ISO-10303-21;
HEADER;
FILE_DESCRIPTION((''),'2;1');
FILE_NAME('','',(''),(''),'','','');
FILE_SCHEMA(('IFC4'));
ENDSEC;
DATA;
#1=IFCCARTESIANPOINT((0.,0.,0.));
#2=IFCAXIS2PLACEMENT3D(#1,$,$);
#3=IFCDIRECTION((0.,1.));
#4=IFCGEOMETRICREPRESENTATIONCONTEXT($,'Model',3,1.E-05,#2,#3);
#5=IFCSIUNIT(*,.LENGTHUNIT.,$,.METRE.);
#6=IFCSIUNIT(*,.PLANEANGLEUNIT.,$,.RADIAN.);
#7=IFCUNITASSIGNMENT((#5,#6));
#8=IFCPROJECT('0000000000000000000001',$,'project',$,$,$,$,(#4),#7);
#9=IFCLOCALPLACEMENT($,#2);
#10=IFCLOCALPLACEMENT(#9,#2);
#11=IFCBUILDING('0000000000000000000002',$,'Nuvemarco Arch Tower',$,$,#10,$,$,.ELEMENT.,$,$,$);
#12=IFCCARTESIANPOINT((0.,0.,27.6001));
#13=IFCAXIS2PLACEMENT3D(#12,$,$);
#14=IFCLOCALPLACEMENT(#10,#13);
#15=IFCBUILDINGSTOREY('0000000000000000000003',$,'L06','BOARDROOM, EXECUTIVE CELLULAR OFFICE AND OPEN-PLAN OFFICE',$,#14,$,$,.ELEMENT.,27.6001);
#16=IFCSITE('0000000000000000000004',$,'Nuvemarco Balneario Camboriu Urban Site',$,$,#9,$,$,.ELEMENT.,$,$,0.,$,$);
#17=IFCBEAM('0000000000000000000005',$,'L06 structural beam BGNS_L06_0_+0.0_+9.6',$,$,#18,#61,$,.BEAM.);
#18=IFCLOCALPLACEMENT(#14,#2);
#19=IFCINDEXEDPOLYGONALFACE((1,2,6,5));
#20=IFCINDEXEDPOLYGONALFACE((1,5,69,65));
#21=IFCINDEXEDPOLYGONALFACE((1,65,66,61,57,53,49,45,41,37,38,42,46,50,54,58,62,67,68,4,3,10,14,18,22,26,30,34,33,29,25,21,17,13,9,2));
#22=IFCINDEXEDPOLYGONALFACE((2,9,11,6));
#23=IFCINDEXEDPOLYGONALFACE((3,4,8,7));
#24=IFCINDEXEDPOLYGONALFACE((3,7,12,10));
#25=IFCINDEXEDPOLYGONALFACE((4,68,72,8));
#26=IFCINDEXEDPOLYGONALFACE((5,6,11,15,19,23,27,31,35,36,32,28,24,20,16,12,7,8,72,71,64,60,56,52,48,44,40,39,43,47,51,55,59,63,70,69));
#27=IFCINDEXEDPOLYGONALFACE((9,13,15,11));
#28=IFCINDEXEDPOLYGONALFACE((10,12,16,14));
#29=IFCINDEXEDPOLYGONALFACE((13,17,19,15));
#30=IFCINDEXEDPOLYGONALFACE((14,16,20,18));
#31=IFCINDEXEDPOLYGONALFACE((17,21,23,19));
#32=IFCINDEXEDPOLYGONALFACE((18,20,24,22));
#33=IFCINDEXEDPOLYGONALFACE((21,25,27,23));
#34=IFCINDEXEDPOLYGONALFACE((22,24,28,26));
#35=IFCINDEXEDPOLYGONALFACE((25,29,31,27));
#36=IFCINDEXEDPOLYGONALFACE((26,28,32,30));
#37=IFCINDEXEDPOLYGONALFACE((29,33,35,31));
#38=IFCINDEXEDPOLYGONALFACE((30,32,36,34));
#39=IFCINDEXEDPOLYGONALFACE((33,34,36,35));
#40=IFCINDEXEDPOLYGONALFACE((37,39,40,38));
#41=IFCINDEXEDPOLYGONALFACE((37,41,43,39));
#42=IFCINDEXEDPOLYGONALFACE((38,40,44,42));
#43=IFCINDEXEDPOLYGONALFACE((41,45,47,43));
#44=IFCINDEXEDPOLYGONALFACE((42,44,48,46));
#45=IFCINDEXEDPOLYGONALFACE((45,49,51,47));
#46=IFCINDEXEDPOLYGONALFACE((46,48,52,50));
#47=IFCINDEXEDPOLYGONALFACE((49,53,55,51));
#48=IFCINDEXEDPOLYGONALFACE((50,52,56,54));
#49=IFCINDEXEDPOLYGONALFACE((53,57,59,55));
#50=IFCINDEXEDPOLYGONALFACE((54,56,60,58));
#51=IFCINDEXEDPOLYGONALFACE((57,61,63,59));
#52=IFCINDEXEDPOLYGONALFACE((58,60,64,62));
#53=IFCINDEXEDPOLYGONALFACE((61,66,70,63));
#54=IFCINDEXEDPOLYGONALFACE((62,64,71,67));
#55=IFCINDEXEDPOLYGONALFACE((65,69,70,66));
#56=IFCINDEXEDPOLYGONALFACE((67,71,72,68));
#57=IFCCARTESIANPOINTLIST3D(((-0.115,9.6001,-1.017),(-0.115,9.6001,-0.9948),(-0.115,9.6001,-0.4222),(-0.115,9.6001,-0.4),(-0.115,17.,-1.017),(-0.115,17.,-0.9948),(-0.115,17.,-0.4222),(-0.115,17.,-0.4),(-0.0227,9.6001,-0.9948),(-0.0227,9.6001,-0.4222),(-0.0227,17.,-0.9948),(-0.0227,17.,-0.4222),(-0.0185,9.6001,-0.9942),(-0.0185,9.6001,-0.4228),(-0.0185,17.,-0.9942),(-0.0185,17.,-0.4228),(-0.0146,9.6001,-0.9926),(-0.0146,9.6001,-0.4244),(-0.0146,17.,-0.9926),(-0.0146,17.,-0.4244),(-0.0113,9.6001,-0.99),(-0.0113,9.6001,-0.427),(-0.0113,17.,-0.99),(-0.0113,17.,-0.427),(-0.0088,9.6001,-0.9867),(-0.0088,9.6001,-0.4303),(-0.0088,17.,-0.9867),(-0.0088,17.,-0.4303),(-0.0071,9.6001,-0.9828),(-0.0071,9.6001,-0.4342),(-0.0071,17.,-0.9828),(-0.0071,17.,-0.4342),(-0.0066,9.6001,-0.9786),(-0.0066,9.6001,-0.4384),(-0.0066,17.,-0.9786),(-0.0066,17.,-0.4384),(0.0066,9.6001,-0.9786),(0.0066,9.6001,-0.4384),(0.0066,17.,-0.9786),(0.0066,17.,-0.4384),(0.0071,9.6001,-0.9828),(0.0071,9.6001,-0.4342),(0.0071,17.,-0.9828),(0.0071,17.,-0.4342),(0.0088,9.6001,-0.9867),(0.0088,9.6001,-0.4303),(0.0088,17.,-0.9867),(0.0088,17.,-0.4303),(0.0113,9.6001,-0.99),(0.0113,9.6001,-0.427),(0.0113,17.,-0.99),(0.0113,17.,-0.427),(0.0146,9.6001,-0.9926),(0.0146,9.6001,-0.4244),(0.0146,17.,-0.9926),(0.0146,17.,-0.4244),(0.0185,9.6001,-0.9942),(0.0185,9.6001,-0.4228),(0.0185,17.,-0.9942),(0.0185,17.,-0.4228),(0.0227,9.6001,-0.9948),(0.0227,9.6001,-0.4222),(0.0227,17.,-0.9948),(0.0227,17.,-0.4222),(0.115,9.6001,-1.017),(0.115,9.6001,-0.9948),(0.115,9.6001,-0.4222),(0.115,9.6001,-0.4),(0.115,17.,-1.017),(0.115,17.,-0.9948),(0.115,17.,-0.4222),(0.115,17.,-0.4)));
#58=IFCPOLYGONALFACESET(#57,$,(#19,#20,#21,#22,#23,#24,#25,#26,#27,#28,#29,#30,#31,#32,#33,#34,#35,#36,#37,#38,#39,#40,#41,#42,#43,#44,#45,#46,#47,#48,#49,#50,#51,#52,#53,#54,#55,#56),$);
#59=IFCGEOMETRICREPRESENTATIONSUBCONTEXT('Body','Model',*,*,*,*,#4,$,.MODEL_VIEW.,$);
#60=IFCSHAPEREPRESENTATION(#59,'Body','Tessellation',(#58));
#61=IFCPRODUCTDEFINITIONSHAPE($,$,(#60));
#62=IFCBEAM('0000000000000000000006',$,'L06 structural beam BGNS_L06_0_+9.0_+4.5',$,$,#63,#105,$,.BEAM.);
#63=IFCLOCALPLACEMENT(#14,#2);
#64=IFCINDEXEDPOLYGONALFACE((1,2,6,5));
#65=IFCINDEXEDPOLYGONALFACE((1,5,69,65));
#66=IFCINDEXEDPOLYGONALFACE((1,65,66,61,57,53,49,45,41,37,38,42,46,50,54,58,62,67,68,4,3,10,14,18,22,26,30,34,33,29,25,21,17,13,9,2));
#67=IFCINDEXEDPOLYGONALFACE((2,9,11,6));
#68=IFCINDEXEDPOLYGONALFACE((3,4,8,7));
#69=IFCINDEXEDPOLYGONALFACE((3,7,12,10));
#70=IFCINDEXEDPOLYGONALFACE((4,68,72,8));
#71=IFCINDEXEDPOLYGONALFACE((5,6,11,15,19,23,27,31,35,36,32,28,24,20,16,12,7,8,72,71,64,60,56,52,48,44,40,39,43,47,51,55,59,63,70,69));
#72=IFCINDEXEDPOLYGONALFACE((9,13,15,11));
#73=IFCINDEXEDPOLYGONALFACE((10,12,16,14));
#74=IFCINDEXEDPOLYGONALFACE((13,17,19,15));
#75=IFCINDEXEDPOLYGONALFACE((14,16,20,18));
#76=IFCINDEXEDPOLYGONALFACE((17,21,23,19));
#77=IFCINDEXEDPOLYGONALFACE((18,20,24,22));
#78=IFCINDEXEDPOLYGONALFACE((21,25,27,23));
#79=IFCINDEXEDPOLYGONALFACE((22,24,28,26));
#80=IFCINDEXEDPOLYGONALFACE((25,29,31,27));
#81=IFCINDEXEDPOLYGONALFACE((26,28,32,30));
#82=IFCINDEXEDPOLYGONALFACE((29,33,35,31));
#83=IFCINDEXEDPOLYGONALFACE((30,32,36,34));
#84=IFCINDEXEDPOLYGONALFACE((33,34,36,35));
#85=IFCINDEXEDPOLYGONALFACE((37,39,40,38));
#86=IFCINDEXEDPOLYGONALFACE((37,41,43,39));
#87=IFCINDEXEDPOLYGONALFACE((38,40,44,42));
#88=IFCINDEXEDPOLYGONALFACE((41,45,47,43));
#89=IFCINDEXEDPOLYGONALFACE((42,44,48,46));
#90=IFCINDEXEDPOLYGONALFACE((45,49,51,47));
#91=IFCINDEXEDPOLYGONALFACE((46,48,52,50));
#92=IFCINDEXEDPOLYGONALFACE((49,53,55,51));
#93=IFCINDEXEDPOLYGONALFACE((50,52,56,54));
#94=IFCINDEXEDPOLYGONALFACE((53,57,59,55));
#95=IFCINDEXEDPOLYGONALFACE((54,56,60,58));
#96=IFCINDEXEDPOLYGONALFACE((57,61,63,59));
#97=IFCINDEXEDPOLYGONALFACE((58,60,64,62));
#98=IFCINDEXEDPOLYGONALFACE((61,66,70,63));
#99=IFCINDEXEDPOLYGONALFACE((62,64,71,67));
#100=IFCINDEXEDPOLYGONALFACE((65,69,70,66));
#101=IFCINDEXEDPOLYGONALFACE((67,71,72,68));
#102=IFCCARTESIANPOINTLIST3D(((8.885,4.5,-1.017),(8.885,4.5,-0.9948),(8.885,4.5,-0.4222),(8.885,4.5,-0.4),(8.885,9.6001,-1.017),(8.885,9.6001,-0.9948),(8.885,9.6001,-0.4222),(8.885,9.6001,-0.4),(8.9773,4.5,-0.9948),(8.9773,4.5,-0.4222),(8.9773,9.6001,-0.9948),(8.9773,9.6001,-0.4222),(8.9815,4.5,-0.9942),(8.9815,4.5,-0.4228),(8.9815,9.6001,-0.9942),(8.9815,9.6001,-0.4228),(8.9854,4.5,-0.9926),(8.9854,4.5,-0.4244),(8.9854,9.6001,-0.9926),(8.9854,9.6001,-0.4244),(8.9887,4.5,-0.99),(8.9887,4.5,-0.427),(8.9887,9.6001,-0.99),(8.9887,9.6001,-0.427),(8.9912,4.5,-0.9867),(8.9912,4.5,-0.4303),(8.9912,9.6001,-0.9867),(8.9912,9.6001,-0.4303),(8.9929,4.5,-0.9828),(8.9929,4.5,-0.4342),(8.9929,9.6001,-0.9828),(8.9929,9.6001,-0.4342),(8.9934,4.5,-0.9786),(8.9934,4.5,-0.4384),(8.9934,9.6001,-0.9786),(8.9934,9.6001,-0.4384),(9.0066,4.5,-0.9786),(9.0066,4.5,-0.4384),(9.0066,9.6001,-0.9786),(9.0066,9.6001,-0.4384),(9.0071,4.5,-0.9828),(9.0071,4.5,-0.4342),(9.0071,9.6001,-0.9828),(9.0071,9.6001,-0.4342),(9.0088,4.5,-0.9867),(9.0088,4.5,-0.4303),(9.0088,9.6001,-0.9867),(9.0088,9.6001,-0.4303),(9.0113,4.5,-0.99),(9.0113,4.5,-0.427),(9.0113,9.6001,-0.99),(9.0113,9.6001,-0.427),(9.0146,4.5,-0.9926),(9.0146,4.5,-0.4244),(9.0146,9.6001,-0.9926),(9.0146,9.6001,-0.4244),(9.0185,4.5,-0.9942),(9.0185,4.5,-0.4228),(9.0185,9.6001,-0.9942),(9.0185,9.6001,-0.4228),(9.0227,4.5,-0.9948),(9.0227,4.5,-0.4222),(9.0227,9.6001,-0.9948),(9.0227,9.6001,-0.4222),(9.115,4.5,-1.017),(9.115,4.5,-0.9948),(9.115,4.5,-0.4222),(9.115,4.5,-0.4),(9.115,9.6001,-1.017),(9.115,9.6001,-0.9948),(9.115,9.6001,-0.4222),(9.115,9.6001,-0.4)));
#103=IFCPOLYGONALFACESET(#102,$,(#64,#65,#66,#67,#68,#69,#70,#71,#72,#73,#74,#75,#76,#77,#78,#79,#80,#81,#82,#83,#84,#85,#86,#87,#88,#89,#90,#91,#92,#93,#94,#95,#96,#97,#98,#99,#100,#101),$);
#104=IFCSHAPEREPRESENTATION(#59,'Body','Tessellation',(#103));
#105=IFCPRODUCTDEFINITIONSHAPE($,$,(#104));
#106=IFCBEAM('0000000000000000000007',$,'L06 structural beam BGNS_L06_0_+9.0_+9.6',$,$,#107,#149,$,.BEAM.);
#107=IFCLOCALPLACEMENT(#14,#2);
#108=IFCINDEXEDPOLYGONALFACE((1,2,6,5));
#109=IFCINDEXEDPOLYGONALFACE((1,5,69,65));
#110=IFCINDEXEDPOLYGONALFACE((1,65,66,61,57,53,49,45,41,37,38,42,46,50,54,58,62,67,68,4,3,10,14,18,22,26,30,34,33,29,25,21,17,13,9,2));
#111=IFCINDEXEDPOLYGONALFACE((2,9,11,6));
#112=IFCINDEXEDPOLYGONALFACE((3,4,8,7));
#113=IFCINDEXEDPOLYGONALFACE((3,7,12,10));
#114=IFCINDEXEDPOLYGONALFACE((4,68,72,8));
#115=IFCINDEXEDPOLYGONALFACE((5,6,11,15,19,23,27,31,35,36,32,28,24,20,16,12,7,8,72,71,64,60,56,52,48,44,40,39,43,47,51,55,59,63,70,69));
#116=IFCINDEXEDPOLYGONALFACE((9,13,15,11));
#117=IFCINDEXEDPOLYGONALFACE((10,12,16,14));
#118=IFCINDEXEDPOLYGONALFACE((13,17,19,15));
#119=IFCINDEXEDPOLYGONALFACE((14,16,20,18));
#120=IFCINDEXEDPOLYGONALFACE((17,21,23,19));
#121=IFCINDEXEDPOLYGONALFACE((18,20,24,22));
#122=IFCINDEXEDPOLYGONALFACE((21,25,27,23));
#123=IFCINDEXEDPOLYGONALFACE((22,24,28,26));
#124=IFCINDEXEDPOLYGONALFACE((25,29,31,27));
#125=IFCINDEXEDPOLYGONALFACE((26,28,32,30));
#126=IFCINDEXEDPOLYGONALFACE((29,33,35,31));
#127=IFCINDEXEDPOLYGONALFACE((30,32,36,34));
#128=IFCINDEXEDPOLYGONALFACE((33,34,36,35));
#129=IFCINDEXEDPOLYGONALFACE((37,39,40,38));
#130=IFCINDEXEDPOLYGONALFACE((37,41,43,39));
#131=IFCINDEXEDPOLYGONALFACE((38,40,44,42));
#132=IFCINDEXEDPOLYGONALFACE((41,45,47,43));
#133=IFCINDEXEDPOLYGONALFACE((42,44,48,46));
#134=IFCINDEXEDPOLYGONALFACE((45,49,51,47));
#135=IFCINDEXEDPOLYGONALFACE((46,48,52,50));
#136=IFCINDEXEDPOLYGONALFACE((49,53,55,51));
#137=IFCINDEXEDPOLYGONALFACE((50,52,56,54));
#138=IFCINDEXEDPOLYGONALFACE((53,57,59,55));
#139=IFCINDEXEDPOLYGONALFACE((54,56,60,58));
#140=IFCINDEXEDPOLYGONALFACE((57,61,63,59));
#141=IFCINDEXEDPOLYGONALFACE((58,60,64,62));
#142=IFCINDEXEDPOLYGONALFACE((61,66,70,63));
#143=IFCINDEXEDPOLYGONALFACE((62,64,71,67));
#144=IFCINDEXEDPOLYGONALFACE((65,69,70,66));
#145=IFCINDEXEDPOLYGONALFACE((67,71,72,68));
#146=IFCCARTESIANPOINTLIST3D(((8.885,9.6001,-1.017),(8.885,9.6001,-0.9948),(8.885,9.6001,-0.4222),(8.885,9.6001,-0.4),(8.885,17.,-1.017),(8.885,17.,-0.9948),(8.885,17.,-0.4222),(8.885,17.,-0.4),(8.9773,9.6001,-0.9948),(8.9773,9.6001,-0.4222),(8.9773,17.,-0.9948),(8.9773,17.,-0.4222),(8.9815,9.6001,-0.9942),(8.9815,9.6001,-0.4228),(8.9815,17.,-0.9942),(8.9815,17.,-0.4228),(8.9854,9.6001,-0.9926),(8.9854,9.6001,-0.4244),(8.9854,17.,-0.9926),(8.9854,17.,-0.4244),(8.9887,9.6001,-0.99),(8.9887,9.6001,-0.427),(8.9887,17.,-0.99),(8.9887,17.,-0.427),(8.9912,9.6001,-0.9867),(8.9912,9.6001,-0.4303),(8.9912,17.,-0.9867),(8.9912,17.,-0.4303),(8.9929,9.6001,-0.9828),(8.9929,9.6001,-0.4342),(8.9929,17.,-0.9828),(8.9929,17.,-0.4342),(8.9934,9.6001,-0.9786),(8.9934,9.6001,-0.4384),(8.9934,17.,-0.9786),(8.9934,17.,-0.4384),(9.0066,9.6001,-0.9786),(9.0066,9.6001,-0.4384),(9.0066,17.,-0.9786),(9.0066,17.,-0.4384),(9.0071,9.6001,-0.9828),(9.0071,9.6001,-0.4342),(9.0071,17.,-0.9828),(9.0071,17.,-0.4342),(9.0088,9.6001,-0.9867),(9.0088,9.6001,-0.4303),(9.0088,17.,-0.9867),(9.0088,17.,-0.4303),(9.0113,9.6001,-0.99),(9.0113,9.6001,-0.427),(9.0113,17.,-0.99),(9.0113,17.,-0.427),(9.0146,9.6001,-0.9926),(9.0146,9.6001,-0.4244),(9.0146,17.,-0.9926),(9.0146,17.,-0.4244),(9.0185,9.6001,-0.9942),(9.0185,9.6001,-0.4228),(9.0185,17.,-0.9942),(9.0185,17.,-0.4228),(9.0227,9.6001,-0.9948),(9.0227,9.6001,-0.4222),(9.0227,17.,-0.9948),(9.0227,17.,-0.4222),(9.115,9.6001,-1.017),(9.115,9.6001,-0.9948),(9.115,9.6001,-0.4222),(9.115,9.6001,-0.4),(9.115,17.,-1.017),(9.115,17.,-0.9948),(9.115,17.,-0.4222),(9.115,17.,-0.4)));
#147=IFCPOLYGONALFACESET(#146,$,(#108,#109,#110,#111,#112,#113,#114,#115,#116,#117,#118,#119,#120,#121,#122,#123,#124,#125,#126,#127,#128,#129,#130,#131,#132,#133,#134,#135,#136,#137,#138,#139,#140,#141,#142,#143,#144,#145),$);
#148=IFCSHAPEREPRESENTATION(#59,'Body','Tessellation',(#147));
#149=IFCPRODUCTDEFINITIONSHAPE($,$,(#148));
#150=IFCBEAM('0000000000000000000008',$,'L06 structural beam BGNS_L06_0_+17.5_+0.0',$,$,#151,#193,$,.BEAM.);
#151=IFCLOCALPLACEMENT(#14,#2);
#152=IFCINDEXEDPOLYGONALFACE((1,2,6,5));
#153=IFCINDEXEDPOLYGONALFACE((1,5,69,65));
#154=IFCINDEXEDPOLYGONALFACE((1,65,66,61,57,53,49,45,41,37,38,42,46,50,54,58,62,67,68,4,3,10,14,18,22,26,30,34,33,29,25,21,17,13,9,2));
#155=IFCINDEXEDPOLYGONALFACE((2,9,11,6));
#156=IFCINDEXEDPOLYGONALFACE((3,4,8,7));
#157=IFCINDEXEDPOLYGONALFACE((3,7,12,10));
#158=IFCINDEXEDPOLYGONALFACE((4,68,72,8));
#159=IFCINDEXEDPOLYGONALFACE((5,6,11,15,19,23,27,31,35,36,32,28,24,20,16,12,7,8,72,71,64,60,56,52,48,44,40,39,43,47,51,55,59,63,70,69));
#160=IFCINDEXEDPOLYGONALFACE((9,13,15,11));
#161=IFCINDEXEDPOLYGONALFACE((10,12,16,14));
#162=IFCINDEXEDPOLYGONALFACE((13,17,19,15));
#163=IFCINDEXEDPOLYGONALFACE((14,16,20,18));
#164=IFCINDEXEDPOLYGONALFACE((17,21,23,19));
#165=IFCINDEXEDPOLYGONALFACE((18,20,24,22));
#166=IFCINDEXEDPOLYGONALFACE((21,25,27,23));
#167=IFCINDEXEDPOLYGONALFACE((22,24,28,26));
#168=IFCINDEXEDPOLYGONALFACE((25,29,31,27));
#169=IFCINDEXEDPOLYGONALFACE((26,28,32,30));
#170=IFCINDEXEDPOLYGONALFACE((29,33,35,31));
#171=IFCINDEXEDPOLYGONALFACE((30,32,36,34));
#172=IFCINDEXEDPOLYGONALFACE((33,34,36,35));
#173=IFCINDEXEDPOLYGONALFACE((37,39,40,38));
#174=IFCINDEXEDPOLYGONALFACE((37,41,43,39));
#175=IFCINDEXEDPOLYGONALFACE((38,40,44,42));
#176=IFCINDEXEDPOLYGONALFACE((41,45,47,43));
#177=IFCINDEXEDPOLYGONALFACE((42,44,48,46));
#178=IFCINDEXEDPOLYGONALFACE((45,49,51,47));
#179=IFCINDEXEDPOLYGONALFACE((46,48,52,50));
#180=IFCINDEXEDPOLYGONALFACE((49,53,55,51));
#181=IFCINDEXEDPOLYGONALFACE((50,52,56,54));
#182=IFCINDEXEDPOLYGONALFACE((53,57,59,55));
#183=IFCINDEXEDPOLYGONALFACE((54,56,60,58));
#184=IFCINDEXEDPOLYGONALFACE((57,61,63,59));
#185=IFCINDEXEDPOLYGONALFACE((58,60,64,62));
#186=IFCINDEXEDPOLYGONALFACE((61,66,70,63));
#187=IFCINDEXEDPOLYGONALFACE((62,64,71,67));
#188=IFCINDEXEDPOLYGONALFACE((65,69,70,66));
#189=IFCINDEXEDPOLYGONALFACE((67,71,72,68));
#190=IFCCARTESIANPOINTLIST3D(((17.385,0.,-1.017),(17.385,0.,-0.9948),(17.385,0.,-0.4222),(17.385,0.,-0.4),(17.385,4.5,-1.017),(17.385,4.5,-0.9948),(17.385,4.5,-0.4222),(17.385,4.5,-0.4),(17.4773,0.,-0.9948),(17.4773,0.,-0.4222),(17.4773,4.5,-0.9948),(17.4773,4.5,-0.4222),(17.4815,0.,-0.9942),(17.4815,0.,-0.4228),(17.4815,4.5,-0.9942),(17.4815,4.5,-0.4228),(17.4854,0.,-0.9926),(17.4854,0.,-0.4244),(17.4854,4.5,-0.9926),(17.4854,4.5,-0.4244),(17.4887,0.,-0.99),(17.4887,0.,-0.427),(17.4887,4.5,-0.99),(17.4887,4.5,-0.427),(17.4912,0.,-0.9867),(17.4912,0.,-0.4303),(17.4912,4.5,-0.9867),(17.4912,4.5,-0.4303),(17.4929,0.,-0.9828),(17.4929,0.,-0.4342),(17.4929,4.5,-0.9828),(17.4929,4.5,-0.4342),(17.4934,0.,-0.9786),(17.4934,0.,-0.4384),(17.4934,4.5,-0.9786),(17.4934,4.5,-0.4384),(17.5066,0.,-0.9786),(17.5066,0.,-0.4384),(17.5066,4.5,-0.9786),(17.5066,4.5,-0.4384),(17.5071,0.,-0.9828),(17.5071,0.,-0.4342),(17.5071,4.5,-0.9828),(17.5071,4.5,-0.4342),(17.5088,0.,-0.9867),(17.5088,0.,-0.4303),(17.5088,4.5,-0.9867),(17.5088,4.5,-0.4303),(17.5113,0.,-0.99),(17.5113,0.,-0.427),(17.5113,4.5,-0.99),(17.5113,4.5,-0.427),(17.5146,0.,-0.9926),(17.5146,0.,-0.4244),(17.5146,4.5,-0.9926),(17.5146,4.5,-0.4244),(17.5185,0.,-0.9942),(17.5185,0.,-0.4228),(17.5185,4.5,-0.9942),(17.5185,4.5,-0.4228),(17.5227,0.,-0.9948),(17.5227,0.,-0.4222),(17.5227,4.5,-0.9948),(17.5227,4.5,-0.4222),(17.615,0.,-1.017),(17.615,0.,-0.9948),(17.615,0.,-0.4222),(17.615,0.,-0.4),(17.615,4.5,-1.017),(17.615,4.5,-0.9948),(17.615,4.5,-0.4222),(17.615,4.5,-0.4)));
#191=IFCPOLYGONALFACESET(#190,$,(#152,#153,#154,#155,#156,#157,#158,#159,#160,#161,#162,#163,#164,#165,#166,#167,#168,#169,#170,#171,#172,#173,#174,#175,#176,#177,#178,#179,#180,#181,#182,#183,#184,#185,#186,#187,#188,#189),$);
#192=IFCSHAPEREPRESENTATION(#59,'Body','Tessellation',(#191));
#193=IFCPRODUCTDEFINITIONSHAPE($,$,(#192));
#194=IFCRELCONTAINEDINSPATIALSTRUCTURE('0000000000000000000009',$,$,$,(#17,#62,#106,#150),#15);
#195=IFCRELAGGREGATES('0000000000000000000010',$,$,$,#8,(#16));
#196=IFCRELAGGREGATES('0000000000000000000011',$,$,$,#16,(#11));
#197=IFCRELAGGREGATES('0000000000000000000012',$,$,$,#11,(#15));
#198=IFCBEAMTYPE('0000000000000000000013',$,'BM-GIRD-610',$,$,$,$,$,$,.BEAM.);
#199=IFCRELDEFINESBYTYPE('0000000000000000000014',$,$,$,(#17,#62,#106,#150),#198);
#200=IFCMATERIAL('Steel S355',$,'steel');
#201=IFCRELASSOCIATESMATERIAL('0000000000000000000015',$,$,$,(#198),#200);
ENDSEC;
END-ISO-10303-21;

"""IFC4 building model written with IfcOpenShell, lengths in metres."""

from ifc_helpers import new_model, si_unit, direction, frame, origin, origin_2d, place, context, subcontext, project, spatial, i_section, extrude, material, material_profile, profile_set, type_object, element, save


model = new_model("IFC4")

# Units and contexts
model_context = context("Model", 3, precision=1e-05, world=origin(), true_north=direction((0.0, 1.0)))
body_context = subcontext(model_context, "Body", "Model", "MODEL_VIEW")
ifc_project = project(units=[si_unit("LENGTHUNIT", "METRE"), si_unit("PLANEANGLEUNIT", "RADIAN")], contexts=[model_context])

# Site, building, storey
site_placement = place(None, origin())
site = spatial("IfcSite", under=ifc_project, at=site_placement, Name="Nuvemarco Balneario Camboriu Urban Site", CompositionType="ELEMENT", RefElevation=0.0)
building_placement = place(site_placement, origin())
building = spatial("IfcBuilding", under=site, at=building_placement, Name="Nuvemarco Arch Tower", CompositionType="ELEMENT")
storey_placement = place(building_placement, frame((0.0, 0.0, 27.6001)))
storey = spatial("IfcBuildingStorey", under=building, at=storey_placement, Name="L06", Description="BOARDROOM, EXECUTIVE CELLULAR OFFICE AND OPEN-PLAN OFFICE", CompositionType="ELEMENT", Elevation=27.6001)

# Shared definitions
ifc_material_1 = material(Name="Steel S355", Category="steel")

# Beams
ifc_material_profile_1 = material_profile(ifc_material_1, i_section(OverallWidth=0.23, OverallDepth=0.6169, WebThickness=0.0132, FlangeThickness=0.0222, FilletRadius=0.0161, at=origin_2d()), Name="W610x140")
ifc_profile_set_1 = profile_set([ifc_material_profile_1], Name="Steel S355")
beam_type_1 = type_object("IfcBeamType", Name="BM-GIRD-610", PredefinedType="BEAM", material=ifc_profile_set_1)
beam_1_placement = place(storey_placement, frame((0.0, 9.6001, -0.7085), z_axis=(0.0, 1.0, 0.0), x_axis=(-1.0, 0.0, 0.0)))
element("IfcBeam", 1, at=beam_1_placement, inside=storey, type_object=beam_type_1, Name="L06 structural beam BGNS_L06_0_+0.0_+9.6", PredefinedType="BEAM", context=body_context, shape_type="SweptSolid", body=[
    extrude(i_section(OverallWidth=0.23, OverallDepth=0.6169, WebThickness=0.0132, FlangeThickness=0.0222, FilletRadius=0.0161, at=origin_2d()), origin(), (0.0, 0.0, 1.0), 7.3999),
])
beam_2_placement = place(storey_placement, frame((9.0, 4.5, -0.7085), z_axis=(0.0, 1.0, 0.0), x_axis=(-1.0, 0.0, 0.0)))
element("IfcBeam", 2, at=beam_2_placement, inside=storey, type_object=beam_type_1, Name="L06 structural beam BGNS_L06_0_+9.0_+4.5", PredefinedType="BEAM", context=body_context, shape_type="SweptSolid", body=[
    extrude(i_section(OverallWidth=0.23, OverallDepth=0.6169, WebThickness=0.0132, FlangeThickness=0.0222, FilletRadius=0.0161, at=origin_2d()), origin(), (0.0, 0.0, 1.0), 5.1001),
])
beam_3_placement = place(storey_placement, frame((9.0, 9.6001, -0.7085), z_axis=(0.0, 1.0, 0.0), x_axis=(-1.0, 0.0, 0.0)))
element("IfcBeam", 3, at=beam_3_placement, inside=storey, type_object=beam_type_1, Name="L06 structural beam BGNS_L06_0_+9.0_+9.6", PredefinedType="BEAM", context=body_context, shape_type="SweptSolid", body=[
    extrude(i_section(OverallWidth=0.23, OverallDepth=0.6169, WebThickness=0.0132, FlangeThickness=0.0222, FilletRadius=0.0161, at=origin_2d()), origin(), (0.0, 0.0, 1.0), 7.3999),
])
beam_4_placement = place(storey_placement, frame((17.5, 0.0, -0.7085), z_axis=(0.0, 1.0, 0.0), x_axis=(-1.0, 0.0, 0.0)))
element("IfcBeam", 4, at=beam_4_placement, inside=storey, type_object=beam_type_1, Name="L06 structural beam BGNS_L06_0_+17.5_+0.0", PredefinedType="BEAM", context=body_context, shape_type="SweptSolid", body=[
    extrude(i_section(OverallWidth=0.23, OverallDepth=0.6169, WebThickness=0.0132, FlangeThickness=0.0222, FilletRadius=0.0161, at=origin_2d()), origin(), (0.0, 0.0, 1.0), 4.5),
])

save(model, "model.ifc")
